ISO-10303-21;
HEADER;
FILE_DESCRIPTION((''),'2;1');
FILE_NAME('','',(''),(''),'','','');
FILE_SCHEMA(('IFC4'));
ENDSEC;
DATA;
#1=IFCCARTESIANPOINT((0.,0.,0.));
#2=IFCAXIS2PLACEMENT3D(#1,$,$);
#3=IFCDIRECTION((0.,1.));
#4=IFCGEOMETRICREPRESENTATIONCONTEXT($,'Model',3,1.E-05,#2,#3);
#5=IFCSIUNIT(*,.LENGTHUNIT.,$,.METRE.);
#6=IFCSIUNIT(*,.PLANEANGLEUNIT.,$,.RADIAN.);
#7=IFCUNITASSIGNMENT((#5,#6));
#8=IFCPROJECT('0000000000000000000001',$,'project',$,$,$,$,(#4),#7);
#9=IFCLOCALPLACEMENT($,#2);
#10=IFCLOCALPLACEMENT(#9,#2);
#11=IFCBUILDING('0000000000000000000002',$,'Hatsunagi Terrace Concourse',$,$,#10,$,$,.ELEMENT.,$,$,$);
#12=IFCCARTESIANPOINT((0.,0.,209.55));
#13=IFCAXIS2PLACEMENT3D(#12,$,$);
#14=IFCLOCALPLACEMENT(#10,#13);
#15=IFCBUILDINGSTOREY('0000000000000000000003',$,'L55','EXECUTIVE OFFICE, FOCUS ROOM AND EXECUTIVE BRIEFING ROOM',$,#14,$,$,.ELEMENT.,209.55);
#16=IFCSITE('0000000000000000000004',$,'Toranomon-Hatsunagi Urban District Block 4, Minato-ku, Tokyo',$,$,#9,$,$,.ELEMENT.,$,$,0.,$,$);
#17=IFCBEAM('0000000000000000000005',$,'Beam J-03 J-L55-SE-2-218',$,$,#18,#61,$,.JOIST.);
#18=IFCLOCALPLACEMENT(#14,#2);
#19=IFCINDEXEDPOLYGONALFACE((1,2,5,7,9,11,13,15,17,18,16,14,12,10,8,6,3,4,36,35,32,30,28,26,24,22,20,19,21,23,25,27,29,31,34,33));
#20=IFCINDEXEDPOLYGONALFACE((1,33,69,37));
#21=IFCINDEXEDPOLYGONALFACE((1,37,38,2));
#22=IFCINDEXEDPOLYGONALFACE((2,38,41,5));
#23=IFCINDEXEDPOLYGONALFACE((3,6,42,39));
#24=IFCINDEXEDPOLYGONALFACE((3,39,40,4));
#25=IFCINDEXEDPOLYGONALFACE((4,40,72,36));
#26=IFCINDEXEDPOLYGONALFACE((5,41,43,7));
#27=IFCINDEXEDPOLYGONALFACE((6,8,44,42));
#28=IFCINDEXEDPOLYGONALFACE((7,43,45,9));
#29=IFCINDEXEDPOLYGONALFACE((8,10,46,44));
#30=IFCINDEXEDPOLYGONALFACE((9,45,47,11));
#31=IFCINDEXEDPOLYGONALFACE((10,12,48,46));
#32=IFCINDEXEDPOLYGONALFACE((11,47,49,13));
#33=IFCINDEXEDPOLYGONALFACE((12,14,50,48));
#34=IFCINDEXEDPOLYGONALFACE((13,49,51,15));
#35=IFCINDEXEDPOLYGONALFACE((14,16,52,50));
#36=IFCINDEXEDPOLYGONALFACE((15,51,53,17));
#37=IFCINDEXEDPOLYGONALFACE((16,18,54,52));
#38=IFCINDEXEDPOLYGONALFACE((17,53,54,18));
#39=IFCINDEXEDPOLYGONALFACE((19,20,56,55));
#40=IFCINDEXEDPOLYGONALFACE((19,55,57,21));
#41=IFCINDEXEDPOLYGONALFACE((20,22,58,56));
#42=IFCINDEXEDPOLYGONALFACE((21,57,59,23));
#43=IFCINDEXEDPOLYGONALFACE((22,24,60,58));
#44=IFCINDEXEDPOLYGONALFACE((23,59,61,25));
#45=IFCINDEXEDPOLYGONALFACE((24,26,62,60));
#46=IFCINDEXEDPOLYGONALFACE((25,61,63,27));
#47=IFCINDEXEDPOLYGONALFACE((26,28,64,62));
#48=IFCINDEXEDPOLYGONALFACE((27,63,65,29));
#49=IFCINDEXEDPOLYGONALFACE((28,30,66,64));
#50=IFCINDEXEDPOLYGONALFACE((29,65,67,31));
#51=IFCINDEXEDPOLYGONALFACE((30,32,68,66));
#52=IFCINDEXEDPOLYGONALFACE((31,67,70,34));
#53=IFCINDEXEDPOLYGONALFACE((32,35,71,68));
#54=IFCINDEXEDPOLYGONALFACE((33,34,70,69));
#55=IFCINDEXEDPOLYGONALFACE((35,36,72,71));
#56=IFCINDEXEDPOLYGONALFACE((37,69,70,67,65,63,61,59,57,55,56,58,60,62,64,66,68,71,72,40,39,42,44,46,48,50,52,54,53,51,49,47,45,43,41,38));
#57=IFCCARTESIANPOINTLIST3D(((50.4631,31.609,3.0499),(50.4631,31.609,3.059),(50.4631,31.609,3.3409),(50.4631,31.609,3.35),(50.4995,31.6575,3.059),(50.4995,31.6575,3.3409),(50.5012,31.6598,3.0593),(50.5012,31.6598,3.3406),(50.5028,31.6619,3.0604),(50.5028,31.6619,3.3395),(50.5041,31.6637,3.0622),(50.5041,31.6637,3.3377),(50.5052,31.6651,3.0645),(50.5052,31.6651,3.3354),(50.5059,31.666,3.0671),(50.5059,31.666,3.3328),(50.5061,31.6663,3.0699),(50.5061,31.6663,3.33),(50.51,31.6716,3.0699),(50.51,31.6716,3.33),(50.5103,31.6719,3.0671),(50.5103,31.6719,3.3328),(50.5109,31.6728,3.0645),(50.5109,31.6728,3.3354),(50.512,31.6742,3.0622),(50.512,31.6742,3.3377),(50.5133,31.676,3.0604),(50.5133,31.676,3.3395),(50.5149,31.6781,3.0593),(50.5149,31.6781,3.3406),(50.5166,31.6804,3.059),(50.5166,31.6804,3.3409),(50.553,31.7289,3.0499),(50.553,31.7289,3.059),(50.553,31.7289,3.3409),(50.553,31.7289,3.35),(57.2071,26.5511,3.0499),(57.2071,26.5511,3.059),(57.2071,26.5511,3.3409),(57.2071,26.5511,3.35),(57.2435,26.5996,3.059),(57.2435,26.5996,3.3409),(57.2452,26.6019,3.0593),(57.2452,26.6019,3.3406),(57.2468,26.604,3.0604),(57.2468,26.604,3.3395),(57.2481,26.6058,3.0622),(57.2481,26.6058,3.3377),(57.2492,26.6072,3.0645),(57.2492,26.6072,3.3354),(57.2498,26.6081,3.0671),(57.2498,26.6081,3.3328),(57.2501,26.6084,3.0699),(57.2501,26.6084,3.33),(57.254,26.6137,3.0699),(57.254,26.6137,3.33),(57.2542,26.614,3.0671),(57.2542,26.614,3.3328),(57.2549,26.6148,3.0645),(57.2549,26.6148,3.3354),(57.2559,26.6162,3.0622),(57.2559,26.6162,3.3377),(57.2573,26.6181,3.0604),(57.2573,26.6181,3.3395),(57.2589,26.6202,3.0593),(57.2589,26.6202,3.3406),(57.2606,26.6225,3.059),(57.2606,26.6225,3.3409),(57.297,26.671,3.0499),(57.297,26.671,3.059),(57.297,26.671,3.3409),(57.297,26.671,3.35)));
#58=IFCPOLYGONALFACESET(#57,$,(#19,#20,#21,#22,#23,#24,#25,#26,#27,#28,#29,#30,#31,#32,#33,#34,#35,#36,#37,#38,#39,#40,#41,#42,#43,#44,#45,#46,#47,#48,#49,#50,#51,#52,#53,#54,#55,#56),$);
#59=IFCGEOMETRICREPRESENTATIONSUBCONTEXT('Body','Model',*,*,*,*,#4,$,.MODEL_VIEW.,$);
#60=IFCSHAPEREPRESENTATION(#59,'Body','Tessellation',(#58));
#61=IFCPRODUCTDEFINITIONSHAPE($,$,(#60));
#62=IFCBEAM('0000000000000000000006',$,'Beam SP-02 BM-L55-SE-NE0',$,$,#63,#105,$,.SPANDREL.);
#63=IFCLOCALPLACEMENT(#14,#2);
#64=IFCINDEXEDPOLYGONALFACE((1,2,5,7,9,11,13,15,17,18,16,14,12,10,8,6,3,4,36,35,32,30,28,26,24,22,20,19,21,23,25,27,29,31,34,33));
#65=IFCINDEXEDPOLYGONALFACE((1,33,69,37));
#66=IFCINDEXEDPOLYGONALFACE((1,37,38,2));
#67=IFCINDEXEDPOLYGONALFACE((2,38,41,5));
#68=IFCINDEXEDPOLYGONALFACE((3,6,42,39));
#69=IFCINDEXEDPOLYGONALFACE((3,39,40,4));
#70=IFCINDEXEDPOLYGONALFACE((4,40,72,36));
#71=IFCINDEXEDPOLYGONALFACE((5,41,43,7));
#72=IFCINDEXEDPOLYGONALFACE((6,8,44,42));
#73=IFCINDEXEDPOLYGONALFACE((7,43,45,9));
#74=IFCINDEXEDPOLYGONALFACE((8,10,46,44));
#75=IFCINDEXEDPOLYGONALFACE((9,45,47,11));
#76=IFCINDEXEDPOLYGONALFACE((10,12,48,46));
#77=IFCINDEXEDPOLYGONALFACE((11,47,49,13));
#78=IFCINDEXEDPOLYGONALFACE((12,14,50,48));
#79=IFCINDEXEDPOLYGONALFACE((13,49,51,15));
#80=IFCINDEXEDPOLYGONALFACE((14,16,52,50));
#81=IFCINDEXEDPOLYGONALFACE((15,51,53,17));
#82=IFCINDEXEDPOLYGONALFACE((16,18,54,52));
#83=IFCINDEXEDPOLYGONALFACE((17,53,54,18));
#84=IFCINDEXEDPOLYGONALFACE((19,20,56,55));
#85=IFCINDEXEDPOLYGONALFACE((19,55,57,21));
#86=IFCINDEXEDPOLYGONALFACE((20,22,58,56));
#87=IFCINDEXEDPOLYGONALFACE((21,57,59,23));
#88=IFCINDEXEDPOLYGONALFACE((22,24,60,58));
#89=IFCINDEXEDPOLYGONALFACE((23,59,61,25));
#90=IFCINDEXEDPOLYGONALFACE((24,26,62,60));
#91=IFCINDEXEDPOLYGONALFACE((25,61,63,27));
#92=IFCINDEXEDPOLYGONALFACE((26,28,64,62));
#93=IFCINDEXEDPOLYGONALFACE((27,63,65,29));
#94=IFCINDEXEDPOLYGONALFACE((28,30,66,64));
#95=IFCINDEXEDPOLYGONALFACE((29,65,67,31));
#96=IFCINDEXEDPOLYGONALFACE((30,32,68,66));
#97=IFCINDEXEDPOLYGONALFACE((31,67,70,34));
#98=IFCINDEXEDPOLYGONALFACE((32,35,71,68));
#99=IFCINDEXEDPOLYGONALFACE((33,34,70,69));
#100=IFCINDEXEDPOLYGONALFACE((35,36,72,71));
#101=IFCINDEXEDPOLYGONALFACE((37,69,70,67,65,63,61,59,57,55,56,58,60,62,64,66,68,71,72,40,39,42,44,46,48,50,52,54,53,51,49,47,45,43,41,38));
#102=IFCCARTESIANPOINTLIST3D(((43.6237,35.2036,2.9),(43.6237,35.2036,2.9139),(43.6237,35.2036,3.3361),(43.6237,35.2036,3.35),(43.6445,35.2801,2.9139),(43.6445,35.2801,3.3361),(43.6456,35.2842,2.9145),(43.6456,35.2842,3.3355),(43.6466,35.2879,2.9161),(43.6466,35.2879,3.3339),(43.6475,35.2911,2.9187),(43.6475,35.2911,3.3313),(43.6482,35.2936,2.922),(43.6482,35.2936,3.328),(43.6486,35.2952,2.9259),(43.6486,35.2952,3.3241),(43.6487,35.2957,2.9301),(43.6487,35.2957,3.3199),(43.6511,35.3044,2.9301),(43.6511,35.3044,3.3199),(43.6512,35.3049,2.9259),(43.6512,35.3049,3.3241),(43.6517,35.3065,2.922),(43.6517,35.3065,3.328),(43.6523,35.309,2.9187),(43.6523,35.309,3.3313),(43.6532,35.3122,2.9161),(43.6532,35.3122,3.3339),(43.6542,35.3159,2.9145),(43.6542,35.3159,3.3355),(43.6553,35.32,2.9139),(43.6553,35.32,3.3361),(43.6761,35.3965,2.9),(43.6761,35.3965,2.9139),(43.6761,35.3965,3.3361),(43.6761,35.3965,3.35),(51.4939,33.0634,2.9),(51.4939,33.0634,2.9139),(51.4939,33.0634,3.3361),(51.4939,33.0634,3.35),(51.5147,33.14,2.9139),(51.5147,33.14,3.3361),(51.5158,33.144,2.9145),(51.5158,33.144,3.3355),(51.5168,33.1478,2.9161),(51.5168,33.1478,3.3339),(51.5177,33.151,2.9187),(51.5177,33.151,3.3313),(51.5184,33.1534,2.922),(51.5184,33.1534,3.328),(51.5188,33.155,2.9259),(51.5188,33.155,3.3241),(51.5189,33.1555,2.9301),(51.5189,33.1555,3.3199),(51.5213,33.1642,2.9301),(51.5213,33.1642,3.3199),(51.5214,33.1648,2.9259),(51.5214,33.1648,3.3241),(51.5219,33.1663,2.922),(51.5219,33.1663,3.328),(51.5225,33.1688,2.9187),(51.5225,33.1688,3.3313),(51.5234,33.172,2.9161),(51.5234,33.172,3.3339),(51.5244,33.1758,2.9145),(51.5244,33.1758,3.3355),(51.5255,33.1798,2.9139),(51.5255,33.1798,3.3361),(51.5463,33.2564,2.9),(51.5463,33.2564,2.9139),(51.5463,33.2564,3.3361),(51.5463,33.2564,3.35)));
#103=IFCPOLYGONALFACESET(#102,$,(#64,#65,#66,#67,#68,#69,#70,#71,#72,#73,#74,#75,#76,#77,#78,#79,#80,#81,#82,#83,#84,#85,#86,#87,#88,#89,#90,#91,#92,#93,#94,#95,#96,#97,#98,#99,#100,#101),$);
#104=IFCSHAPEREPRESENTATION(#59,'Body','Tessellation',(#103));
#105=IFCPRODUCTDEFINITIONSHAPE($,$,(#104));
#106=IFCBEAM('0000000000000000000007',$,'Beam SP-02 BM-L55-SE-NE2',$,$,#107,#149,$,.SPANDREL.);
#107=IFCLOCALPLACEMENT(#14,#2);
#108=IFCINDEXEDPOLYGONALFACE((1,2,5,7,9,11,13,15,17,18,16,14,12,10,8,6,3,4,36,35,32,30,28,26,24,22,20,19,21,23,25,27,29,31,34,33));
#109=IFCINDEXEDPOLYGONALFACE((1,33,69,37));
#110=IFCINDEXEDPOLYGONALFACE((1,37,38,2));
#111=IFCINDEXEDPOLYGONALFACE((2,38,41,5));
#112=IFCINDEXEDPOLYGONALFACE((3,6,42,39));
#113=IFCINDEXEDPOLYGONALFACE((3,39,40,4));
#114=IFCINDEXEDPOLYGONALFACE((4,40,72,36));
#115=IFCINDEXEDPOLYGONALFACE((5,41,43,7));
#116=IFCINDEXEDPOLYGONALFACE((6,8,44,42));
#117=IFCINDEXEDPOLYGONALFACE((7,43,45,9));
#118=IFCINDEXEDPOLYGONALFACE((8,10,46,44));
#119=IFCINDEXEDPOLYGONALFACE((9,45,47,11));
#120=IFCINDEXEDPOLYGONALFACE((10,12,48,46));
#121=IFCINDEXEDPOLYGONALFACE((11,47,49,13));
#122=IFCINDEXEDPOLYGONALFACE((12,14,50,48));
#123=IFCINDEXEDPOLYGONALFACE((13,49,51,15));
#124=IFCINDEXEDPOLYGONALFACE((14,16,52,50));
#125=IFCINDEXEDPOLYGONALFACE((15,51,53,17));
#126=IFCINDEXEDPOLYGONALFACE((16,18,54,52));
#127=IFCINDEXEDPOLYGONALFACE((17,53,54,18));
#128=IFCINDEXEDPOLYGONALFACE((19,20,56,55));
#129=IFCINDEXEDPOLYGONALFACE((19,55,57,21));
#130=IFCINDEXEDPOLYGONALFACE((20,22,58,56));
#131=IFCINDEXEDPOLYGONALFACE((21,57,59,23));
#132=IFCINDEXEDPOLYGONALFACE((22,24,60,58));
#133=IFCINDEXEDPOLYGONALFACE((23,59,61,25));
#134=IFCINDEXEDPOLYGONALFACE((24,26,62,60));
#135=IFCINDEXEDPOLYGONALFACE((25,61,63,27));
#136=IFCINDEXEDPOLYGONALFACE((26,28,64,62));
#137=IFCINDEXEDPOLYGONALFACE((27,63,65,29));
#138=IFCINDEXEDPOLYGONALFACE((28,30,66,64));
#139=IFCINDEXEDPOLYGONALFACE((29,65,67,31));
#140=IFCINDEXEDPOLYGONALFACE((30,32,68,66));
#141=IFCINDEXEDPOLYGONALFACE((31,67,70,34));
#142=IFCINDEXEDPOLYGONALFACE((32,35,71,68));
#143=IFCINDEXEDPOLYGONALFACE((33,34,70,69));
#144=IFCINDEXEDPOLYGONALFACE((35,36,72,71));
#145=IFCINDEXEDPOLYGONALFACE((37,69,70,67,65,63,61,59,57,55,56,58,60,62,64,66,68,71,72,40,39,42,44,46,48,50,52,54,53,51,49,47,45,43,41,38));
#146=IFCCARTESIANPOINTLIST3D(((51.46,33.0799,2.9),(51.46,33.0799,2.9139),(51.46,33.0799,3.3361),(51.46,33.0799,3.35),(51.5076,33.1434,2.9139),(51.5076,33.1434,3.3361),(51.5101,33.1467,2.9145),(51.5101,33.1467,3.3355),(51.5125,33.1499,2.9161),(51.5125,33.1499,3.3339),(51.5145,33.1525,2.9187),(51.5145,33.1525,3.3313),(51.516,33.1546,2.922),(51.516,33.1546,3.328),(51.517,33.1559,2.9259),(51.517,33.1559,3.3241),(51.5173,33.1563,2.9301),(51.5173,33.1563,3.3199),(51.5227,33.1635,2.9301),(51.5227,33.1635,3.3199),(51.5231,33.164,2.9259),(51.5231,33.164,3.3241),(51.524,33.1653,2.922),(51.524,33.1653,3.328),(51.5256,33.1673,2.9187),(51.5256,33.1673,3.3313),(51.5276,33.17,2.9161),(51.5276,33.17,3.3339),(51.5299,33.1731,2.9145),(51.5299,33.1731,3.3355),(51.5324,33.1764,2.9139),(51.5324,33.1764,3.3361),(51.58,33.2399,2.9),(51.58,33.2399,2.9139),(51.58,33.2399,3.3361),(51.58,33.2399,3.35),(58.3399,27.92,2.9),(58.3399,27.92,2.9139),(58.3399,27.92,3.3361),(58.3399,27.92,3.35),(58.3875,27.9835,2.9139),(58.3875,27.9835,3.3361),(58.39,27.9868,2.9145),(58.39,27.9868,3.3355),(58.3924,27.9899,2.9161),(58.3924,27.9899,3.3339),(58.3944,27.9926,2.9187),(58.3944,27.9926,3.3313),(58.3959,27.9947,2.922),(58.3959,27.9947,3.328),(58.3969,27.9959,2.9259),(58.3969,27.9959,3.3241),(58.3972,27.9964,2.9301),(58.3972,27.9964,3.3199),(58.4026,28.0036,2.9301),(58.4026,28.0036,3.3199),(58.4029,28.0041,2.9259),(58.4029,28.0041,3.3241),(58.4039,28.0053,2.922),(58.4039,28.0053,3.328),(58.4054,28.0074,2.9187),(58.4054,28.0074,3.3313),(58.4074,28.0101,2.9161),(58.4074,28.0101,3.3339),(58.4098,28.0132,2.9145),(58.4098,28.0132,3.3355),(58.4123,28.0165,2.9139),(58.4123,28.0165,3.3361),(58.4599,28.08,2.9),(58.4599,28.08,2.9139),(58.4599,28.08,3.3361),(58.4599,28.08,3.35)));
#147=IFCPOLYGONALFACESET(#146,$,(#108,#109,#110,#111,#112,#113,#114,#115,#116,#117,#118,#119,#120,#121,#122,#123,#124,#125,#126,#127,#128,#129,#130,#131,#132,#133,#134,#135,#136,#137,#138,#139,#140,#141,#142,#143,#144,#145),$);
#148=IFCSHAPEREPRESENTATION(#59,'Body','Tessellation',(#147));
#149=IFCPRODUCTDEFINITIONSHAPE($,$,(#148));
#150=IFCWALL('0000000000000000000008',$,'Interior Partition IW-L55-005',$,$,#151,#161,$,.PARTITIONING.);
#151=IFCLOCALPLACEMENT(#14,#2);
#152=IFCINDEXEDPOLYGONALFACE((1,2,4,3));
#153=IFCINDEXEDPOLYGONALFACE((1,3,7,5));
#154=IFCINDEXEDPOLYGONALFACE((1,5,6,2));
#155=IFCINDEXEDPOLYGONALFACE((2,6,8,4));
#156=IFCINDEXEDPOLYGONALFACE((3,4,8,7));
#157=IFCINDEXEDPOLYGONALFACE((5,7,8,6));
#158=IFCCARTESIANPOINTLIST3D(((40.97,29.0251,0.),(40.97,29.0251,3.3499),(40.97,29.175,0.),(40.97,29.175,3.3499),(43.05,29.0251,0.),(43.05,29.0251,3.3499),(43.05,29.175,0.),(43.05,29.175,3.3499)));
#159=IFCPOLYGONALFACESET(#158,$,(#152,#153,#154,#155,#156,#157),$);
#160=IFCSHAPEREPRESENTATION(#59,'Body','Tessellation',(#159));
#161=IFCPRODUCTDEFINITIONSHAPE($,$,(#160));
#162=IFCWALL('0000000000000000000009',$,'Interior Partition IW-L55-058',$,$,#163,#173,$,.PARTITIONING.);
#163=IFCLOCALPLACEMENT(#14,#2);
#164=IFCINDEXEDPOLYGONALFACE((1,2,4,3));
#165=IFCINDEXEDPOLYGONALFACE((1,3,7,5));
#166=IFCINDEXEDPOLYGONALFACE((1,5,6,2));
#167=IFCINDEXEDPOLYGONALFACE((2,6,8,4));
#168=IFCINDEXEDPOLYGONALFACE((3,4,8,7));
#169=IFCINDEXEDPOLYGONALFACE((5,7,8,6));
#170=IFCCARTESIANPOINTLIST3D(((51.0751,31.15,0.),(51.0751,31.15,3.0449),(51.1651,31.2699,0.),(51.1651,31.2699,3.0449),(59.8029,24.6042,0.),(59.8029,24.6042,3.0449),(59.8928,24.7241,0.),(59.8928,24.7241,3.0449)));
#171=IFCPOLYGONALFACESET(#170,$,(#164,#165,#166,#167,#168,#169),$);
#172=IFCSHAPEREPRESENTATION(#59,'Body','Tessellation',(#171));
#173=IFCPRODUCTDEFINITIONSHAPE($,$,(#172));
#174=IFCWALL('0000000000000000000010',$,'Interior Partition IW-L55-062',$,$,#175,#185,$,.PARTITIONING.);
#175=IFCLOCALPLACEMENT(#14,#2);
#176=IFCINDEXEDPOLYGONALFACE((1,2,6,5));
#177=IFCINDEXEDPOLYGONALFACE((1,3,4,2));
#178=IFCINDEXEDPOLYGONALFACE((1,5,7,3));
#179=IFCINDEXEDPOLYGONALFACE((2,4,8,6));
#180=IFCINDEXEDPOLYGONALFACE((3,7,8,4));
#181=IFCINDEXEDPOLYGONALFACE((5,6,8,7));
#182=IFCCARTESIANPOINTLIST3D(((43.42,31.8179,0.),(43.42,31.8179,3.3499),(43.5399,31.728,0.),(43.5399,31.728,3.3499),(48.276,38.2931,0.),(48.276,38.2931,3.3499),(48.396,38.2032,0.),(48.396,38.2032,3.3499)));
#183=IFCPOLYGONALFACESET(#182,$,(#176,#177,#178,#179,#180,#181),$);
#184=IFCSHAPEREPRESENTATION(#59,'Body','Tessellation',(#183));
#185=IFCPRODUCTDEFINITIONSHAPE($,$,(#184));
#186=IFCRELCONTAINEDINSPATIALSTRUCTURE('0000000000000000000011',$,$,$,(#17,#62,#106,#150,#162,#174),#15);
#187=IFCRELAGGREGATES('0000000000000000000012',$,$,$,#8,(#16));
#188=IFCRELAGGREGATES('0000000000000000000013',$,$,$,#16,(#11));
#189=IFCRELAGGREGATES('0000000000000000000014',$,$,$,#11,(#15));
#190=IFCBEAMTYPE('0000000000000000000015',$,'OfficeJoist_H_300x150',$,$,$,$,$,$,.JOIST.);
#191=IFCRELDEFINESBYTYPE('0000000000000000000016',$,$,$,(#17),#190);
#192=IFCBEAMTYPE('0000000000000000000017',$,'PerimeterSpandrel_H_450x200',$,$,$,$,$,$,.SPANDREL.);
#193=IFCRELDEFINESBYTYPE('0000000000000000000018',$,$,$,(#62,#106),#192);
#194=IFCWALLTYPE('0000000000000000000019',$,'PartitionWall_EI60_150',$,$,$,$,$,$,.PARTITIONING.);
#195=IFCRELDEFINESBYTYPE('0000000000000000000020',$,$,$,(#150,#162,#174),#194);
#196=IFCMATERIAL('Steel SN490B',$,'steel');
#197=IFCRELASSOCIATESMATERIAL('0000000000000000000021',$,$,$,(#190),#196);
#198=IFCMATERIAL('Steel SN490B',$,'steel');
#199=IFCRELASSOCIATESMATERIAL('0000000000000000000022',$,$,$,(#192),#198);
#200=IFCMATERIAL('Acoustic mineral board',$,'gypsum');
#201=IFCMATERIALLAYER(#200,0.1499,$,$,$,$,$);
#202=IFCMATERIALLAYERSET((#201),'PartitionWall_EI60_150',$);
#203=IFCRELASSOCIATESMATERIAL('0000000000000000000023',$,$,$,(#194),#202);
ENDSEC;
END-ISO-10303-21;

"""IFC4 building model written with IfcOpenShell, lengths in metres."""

from ifc_helpers import new_model, si_unit, direction, frame, frame_2d, origin, origin_2d, place, context, subcontext, project, spatial, rectangle, i_section, extrude, material, layer, layer_set, material_profile, profile_set, type_object, element, save


model = new_model("IFC4")

# Units and contexts
model_context = context("Model", 3, precision=1e-05, world=origin(), true_north=direction((0.0, 1.0)))
body_context = subcontext(model_context, "Body", "Model", "MODEL_VIEW")
ifc_project = project(units=[si_unit("LENGTHUNIT", "METRE"), si_unit("PLANEANGLEUNIT", "RADIAN")], contexts=[model_context])

# Site, building, storey
site_placement = place(None, origin())
site = spatial("IfcSite", under=ifc_project, at=site_placement, Name="Toranomon-Hatsunagi Urban District Block 4, Minato-ku, Tokyo", CompositionType="ELEMENT", RefElevation=0.0)
building_placement = place(site_placement, origin())
building = spatial("IfcBuilding", under=site, at=building_placement, Name="Hatsunagi Terrace Concourse", CompositionType="ELEMENT")
storey_placement = place(building_placement, frame((0.0, 0.0, 209.55)))
storey = spatial("IfcBuildingStorey", under=building, at=storey_placement, Name="L55", Description="EXECUTIVE OFFICE, FOCUS ROOM AND EXECUTIVE BRIEFING ROOM", CompositionType="ELEMENT", Elevation=209.55)

# Beams
ifc_material_1 = material(Name="Steel SN490B", Category="steel")
ifc_material_profile_1 = material_profile(ifc_material_1, i_section(OverallWidth=0.1499, OverallDepth=0.3, WebThickness=0.0066, FlangeThickness=0.009, FilletRadius=0.011, at=origin_2d()), Name="H-300x150x6.5x9")
ifc_profile_set_1 = profile_set([ifc_material_profile_1], Name="Steel SN490B")
beam_type_1 = type_object("IfcBeamType", Name="OfficeJoist_H_300x150", PredefinedType="JOIST", material=ifc_profile_set_1)
for number, where, z_axis, x_axis, name in (
    (1, (50.5081, 31.6689, 3.2), (0.800003, -0.599995, 0.0), (0.599995, 0.800003, 0.0), "Beam J-03 J-L55-SE-2-218"),
):
    element("IfcBeam", number, at=place(storey_placement, frame(where, z_axis=z_axis, x_axis=x_axis)), inside=storey, type_object=beam_type_1, Name=name, PredefinedType="JOIST", context=body_context, shape_type="SweptSolid", body=[
        extrude(i_section(OverallWidth=0.1499, OverallDepth=0.3, WebThickness=0.0066, FlangeThickness=0.009, FilletRadius=0.011, at=origin_2d()), origin(), (0.0, 0.0, 1.0), 8.4299),
    ])
ifc_material_2 = material(Name="Steel SN490B", Category="steel")
ifc_material_profile_2 = material_profile(ifc_material_2, i_section(OverallWidth=0.2, OverallDepth=0.45, WebThickness=0.009, FlangeThickness=0.0139, FilletRadius=0.0161, at=origin_2d()), Name="H-450x200x9x14")
ifc_profile_set_2 = profile_set([ifc_material_profile_2], Name="Steel SN490B")
beam_type_2 = type_object("IfcBeamType", Name="PerimeterSpandrel_H_450x200", PredefinedType="SPANDREL", material=ifc_profile_set_2)
beam_1_placement = place(storey_placement, frame((43.6499, 35.3, 3.125), z_axis=(0.964958, -0.262403, 0.0), x_axis=(0.262403, 0.964958, 0.0)))
element("IfcBeam", 2, at=beam_1_placement, inside=storey, type_object=beam_type_2, Name="Beam SP-02 BM-L55-SE-NE0", PredefinedType="SPANDREL", context=body_context, shape_type="SweptSolid", body=[
    extrude(i_section(OverallWidth=0.2, OverallDepth=0.45, WebThickness=0.009, FlangeThickness=0.0139, FilletRadius=0.0161, at=origin_2d()), origin(), (0.0, 0.0, 1.0), 8.156),
])
beam_2_placement = place(storey_placement, frame((51.52, 33.1599, 3.125), z_axis=(0.8, -0.6, 0.0), x_axis=(0.6, 0.8, 0.0)))
element("IfcBeam", 3, at=beam_2_placement, inside=storey, type_object=beam_type_2, Name="Beam SP-02 BM-L55-SE-NE2", PredefinedType="SPANDREL", context=body_context, shape_type="SweptSolid", body=[
    extrude(i_section(OverallWidth=0.2, OverallDepth=0.45, WebThickness=0.009, FlangeThickness=0.0139, FilletRadius=0.0161, at=origin_2d()), origin(), (0.0, 0.0, 1.0), 8.5999),
])

# Walls
ifc_material_3 = material(Name="Acoustic mineral board", Category="gypsum")
ifc_layer_1 = layer(ifc_material_3, 0.1499)
ifc_layer_set_1 = layer_set([ifc_layer_1], Name="PartitionWall_EI60_150")
wall_type_1 = type_object("IfcWallType", Name="PartitionWall_EI60_150", PredefinedType="PARTITIONING", material=ifc_layer_set_1)
wall_1_placement = place(storey_placement, frame((40.97, 29.1001, 0.0), z_axis=(0.0, 0.0, 1.0), x_axis=(1.0, 0.0, 0.0)))
element("IfcWall", 4, at=wall_1_placement, inside=storey, type_object=wall_type_1, Name="Interior Partition IW-L55-005", PredefinedType="PARTITIONING", context=body_context, shape_type="SweptSolid", body=[
    extrude(rectangle(XDim=2.0801, YDim=0.1499, at=frame_2d((1.04, 0.0))), origin(), (0.0, 0.0, 1.0), 3.3499),
])
wall_2_placement = place(storey_placement, frame((51.1201, 31.21, 0.0), z_axis=(0.0, 0.0, 1.0), x_axis=(0.799997, -0.600004, 0.0)))
element("IfcWall", 5, at=wall_2_placement, inside=storey, type_object=wall_type_1, Name="Interior Partition IW-L55-058", PredefinedType="PARTITIONING", context=body_context, shape_type="SweptSolid", body=[
    extrude(rectangle(XDim=10.9097, YDim=0.1499, at=frame_2d((5.4548, 0.0))), origin(), (0.0, 0.0, 1.0), 3.0449),
])

# Wall
wall_3_placement = place(storey_placement, frame((43.48, 31.7729, 0.0), z_axis=(0.0, 0.0, 1.0), x_axis=(0.599971, 0.800022, 0.0)))
element("IfcWall", 6, at=wall_3_placement, inside=storey, type_object=wall_type_1, Name="Interior Partition IW-L55-062", PredefinedType="PARTITIONING", context=body_context, shape_type="SweptSolid", body=[
    extrude(rectangle(XDim=8.0938, YDim=0.1499, at=frame_2d((4.0469, 0.0))), origin(), (0.0, 0.0, 1.0), 3.3499),
])

save(model, "model.ifc")
